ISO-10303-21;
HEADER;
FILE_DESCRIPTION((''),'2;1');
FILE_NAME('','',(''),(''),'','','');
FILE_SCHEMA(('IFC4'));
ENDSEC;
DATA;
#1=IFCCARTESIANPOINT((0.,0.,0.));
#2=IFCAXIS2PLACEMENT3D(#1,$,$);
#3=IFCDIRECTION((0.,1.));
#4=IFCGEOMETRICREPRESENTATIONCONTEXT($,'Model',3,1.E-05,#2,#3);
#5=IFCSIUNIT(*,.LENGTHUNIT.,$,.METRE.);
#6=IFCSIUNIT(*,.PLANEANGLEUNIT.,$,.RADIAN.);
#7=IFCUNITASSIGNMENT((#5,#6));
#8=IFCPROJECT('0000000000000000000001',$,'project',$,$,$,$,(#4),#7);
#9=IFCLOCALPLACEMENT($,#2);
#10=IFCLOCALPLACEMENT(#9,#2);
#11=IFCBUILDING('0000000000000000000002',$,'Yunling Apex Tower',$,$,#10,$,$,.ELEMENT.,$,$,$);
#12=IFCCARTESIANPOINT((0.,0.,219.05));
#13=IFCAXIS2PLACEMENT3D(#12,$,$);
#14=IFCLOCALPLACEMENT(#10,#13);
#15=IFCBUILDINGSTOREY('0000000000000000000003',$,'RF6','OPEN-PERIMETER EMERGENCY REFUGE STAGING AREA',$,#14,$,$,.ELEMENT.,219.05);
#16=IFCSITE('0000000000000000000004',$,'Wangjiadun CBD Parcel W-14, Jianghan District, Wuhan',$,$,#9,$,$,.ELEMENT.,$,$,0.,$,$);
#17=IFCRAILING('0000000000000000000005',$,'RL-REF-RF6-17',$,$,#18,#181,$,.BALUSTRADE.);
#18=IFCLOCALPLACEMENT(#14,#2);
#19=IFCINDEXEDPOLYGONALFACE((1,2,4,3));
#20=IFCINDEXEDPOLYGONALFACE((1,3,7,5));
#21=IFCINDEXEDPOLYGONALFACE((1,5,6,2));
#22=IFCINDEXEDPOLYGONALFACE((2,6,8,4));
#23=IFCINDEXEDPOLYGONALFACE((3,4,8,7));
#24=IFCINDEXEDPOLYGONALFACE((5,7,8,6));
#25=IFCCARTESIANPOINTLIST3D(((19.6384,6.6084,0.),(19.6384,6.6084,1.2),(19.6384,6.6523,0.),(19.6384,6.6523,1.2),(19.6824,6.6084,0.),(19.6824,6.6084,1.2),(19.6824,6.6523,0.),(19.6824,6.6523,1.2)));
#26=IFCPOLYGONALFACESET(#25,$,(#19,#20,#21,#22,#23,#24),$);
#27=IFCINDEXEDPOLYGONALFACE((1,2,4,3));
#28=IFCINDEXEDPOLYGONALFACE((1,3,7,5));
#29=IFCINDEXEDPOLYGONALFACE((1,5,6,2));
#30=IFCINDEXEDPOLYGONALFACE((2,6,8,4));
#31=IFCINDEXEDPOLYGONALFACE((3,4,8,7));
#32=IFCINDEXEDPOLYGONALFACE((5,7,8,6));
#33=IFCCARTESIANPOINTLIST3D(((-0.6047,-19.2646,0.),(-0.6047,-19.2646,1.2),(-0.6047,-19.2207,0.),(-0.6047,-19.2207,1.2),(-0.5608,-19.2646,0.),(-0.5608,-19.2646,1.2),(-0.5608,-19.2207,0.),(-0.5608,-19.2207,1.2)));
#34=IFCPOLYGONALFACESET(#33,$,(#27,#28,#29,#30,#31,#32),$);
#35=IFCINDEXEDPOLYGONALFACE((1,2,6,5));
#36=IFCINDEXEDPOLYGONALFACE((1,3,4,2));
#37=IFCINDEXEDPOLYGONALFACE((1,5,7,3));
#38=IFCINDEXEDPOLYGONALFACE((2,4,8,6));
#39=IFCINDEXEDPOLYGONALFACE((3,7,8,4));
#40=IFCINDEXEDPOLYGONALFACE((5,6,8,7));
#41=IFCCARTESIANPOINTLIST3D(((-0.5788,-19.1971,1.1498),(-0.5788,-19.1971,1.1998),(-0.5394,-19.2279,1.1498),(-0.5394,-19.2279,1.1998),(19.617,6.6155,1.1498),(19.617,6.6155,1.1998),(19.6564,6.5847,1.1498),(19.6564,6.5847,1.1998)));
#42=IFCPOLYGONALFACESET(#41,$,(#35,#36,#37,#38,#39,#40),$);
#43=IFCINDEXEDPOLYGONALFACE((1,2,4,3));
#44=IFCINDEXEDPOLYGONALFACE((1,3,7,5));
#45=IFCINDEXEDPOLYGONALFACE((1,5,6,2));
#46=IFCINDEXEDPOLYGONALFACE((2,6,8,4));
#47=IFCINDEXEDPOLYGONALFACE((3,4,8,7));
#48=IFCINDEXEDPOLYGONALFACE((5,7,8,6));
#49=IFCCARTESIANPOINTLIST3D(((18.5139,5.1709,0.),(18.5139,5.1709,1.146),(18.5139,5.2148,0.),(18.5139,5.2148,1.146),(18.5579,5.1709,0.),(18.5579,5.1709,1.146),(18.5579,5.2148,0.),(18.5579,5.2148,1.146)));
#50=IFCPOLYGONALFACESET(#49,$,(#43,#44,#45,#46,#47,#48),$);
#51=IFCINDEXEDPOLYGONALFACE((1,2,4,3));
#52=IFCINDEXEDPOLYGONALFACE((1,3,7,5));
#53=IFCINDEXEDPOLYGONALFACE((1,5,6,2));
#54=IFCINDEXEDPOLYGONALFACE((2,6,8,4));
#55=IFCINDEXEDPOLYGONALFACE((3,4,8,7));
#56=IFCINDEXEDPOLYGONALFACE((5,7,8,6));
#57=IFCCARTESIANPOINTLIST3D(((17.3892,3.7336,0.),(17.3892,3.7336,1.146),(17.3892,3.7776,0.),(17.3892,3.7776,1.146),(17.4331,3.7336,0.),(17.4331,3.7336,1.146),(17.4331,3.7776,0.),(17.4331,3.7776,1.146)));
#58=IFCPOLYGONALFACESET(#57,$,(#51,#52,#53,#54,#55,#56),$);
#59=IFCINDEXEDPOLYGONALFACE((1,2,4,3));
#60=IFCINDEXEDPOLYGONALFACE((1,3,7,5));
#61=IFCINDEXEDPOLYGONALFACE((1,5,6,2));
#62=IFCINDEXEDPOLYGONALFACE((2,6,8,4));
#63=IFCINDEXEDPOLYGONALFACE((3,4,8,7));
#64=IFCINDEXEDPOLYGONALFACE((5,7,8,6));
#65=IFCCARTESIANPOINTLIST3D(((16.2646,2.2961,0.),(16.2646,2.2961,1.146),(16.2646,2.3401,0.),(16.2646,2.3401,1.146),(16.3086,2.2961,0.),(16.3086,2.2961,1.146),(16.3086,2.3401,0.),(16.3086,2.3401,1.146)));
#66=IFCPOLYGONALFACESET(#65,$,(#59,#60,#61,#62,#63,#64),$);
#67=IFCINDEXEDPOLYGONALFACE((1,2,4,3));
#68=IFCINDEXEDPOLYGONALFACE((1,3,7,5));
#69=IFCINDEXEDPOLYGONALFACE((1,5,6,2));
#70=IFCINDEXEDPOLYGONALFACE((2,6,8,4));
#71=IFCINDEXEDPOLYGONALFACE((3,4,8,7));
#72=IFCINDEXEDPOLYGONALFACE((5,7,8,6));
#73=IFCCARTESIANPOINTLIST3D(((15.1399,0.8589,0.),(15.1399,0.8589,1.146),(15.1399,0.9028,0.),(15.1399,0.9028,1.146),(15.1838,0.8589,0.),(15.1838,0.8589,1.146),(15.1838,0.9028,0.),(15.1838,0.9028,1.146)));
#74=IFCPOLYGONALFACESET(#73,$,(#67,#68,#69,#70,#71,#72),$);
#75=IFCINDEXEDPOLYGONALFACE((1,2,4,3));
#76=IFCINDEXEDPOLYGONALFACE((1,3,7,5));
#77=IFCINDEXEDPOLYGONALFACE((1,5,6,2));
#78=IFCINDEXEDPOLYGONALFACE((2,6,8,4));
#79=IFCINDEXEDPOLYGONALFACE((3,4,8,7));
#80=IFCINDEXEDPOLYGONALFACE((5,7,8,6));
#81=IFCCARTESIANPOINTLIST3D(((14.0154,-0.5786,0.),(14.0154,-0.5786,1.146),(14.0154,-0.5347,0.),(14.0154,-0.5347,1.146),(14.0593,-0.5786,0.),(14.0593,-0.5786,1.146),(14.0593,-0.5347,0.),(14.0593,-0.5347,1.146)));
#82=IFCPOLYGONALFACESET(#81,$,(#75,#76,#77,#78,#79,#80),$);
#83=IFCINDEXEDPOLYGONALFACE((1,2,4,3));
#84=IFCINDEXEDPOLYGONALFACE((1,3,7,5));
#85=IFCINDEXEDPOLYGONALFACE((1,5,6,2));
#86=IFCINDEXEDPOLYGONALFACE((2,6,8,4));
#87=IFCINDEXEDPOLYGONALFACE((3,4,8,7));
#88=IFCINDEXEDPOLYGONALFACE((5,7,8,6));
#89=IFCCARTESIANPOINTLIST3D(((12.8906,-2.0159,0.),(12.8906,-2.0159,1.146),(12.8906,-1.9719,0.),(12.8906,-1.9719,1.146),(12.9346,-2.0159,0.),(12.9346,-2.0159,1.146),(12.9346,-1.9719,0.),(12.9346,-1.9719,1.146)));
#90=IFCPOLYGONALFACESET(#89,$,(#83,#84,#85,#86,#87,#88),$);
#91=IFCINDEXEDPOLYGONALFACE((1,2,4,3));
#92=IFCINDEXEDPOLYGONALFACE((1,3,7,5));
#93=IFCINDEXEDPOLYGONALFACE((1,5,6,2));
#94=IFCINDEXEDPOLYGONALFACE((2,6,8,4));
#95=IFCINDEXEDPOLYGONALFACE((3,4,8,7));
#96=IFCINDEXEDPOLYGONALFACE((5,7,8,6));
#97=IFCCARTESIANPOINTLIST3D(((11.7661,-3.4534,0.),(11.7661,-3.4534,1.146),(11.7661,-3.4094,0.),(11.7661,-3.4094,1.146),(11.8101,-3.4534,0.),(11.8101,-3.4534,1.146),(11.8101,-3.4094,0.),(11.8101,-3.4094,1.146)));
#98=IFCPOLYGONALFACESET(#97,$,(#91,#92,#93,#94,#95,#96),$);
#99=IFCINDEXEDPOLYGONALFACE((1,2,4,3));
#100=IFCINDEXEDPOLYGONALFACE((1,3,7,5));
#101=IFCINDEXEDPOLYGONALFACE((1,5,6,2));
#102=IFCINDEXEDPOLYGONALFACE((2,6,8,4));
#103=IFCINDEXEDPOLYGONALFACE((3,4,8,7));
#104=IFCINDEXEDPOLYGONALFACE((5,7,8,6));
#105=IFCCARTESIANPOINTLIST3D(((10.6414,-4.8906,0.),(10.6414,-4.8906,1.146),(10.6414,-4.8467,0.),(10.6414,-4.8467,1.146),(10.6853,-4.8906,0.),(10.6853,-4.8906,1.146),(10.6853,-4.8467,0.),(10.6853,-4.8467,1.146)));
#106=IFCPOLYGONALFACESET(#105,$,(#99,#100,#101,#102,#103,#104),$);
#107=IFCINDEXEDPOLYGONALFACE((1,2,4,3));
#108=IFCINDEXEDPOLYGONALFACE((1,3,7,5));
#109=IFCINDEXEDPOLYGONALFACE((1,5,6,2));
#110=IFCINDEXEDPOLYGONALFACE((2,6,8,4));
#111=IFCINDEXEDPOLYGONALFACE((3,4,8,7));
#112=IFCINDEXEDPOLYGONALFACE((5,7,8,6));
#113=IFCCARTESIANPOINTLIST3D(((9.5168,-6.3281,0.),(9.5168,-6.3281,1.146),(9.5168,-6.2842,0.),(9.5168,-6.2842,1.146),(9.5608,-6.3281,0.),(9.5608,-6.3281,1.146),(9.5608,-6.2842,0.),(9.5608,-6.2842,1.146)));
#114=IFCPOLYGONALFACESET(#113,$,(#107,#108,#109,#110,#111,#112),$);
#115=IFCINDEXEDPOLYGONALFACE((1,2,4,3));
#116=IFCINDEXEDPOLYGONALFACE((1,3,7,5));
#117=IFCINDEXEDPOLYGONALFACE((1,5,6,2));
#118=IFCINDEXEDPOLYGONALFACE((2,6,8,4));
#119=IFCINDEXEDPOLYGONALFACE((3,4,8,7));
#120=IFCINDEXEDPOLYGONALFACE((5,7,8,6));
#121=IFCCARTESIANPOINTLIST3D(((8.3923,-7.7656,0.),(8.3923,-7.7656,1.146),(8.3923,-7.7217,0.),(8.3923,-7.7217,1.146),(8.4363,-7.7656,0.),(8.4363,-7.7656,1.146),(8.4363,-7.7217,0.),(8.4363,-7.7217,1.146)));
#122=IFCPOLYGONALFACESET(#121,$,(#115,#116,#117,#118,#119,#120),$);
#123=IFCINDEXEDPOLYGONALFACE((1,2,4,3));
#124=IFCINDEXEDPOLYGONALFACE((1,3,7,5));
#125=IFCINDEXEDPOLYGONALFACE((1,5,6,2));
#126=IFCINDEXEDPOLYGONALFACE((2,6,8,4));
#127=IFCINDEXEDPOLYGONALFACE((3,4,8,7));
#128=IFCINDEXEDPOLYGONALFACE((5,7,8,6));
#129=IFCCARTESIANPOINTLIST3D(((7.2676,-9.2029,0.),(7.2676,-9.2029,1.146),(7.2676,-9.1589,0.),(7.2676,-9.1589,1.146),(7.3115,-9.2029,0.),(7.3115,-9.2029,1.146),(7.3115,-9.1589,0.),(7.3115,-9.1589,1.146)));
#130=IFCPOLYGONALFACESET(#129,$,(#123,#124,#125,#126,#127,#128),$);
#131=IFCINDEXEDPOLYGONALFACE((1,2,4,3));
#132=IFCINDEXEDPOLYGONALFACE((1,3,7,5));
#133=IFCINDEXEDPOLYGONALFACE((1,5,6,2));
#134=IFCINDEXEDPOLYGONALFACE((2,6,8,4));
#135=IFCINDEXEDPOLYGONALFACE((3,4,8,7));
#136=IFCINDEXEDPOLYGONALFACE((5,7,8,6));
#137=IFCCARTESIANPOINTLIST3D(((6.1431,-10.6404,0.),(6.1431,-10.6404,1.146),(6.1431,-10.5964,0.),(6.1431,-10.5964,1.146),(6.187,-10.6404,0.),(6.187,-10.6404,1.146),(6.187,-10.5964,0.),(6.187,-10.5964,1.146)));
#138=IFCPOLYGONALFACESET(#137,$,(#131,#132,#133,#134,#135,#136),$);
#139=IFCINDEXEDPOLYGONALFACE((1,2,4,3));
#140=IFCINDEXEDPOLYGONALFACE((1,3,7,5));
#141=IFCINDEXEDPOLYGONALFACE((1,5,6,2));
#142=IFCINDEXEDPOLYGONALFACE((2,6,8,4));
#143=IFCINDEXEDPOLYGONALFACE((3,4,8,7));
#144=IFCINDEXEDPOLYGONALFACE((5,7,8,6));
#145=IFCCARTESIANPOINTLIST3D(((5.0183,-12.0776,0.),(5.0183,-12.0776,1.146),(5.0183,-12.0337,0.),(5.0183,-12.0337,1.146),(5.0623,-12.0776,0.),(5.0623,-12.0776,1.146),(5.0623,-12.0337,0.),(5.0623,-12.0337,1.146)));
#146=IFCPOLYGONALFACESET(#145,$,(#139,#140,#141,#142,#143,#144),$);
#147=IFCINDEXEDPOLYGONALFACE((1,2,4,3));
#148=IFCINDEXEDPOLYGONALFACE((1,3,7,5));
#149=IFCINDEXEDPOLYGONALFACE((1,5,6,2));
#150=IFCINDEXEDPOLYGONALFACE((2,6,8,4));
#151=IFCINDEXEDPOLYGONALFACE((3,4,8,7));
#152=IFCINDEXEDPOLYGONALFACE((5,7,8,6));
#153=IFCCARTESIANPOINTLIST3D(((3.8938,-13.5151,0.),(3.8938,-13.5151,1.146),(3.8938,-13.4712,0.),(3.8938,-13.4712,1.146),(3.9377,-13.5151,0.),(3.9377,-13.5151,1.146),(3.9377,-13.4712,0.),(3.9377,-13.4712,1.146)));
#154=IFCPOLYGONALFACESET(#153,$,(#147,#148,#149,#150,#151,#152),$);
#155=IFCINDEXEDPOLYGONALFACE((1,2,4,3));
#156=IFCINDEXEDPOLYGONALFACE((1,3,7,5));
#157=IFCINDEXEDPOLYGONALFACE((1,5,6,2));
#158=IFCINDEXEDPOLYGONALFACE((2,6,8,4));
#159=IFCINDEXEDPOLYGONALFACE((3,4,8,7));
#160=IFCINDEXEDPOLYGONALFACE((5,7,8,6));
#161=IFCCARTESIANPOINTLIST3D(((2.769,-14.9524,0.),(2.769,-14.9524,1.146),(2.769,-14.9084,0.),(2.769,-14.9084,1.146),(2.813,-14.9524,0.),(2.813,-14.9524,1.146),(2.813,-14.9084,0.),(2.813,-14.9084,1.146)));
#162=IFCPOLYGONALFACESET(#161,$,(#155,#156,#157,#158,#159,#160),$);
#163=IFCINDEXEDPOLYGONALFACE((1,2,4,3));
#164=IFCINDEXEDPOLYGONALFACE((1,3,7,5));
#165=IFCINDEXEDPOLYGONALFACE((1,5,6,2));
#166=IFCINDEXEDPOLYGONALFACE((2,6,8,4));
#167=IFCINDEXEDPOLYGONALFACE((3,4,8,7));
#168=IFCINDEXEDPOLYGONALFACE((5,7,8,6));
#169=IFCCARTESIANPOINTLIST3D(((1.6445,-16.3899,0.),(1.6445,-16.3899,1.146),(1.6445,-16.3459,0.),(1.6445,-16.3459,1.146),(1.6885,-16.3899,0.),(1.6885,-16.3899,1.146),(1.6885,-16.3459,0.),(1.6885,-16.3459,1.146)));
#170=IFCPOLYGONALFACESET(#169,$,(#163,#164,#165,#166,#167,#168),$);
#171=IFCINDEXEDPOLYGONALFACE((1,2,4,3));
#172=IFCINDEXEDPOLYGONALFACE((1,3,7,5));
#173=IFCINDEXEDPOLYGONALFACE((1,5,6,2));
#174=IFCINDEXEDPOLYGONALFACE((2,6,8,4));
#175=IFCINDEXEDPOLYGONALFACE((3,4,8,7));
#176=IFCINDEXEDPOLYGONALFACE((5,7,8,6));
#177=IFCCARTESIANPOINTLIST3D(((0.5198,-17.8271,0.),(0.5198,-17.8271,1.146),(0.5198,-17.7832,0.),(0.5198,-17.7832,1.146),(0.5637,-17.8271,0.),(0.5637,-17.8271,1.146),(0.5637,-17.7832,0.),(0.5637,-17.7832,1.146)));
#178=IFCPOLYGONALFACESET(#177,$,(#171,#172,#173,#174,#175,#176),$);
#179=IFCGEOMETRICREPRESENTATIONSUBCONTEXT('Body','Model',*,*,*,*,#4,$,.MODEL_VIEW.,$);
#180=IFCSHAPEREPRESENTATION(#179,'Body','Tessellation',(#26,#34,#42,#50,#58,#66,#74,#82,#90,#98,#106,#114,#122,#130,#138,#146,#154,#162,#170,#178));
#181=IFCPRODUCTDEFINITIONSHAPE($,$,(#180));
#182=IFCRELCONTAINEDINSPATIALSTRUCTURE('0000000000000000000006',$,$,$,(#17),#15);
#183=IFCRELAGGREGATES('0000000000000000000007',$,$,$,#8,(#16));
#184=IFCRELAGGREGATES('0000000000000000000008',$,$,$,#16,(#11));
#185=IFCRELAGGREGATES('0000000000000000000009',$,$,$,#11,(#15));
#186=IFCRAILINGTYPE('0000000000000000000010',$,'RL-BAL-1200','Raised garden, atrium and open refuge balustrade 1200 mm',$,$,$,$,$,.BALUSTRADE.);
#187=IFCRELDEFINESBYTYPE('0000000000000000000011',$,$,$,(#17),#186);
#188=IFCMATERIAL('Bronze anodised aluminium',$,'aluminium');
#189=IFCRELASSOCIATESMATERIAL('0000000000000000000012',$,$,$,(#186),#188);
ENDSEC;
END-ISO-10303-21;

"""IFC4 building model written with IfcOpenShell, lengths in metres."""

from ifc_helpers import new_model, si_unit, direction, frame, origin, origin_2d, place, context, subcontext, project, spatial, rectangle, extrude, material, type_object, element, save


model = new_model("IFC4")

# Units and contexts
model_context = context("Model", 3, precision=1e-05, world=origin(), true_north=direction((0.0, 1.0)))
body_context = subcontext(model_context, "Body", "Model", "MODEL_VIEW")
ifc_project = project(units=[si_unit("LENGTHUNIT", "METRE"), si_unit("PLANEANGLEUNIT", "RADIAN")], contexts=[model_context])

# Site, building, storey
site_placement = place(None, origin())
site = spatial("IfcSite", under=ifc_project, at=site_placement, Name="Wangjiadun CBD Parcel W-14, Jianghan District, Wuhan", CompositionType="ELEMENT", RefElevation=0.0)
building_placement = place(site_placement, origin())
building = spatial("IfcBuilding", under=site, at=building_placement, Name="Yunling Apex Tower", CompositionType="ELEMENT")
storey_placement = place(building_placement, frame((0.0, 0.0, 219.05)))
storey = spatial("IfcBuildingStorey", under=building, at=storey_placement, Name="RF6", Description="OPEN-PERIMETER EMERGENCY REFUGE STAGING AREA", CompositionType="ELEMENT", Elevation=219.05)

# Railing
ifc_material_1 = material(Name="Bronze anodised aluminium", Category="aluminium")
railing_type = type_object("IfcRailingType", Name="RL-BAL-1200", Description="Raised garden, atrium and open refuge balustrade 1200 mm", PredefinedType="BALUSTRADE", material=ifc_material_1)
railing_1_placement = place(storey_placement, frame((19.6604, 6.6304, 0.0)))
element("IfcRailing", 1, at=railing_1_placement, inside=storey, type_object=railing_type, Name="RL-REF-RF6-17", PredefinedType="BALUSTRADE", context=body_context, shape_type="SweptSolid", body=[
    extrude(rectangle(XDim=0.0439, YDim=0.0439, at=origin_2d()), origin(), (0.0, 0.0, 1.0), 1.2),
    extrude(rectangle(XDim=0.0439, YDim=0.0439, at=origin_2d()), frame((-20.2432, -25.873, 0.0)), (0.0, 0.0, 1.0), 1.2),
    extrude(rectangle(XDim=0.05, YDim=0.05, at=origin_2d()), frame((-0.0237, -0.0303, 1.1748), z_axis=(-0.616208, -0.787583, 0.0), x_axis=(0.787583, -0.616208, 0.0)), (0.0, 0.0, 1.0), 32.7744),
    extrude(rectangle(XDim=0.0439, YDim=0.0439, at=origin_2d()), frame((-1.1245, -1.4375, 0.0)), (0.0, 0.0, 1.0), 1.146),
    extrude(rectangle(XDim=0.0439, YDim=0.0439, at=origin_2d()), frame((-2.2493, -2.8748, 0.0)), (0.0, 0.0, 1.0), 1.146),
    extrude(rectangle(XDim=0.0439, YDim=0.0439, at=origin_2d()), frame((-3.3738, -4.3123, 0.0)), (0.0, 0.0, 1.0), 1.146),
    extrude(rectangle(XDim=0.0439, YDim=0.0439, at=origin_2d()), frame((-4.4985, -5.7495, 0.0)), (0.0, 0.0, 1.0), 1.146),
    extrude(rectangle(XDim=0.0439, YDim=0.0439, at=origin_2d()), frame((-5.623, -7.187, 0.0)), (0.0, 0.0, 1.0), 1.146),
    extrude(rectangle(XDim=0.0439, YDim=0.0439, at=origin_2d()), frame((-6.7478, -8.6243, 0.0)), (0.0, 0.0, 1.0), 1.146),
    extrude(rectangle(XDim=0.0439, YDim=0.0439, at=origin_2d()), frame((-7.8723, -10.0618, 0.0)), (0.0, 0.0, 1.0), 1.146),
    extrude(rectangle(XDim=0.0439, YDim=0.0439, at=origin_2d()), frame((-8.9971, -11.499, 0.0)), (0.0, 0.0, 1.0), 1.146),
    extrude(rectangle(XDim=0.0439, YDim=0.0439, at=origin_2d()), frame((-10.1216, -12.9365, 0.0)), (0.0, 0.0, 1.0), 1.146),
    extrude(rectangle(XDim=0.0439, YDim=0.0439, at=origin_2d()), frame((-11.2461, -14.374, 0.0)), (0.0, 0.0, 1.0), 1.146),
    extrude(rectangle(XDim=0.0439, YDim=0.0439, at=origin_2d()), frame((-12.3708, -15.8113, 0.0)), (0.0, 0.0, 1.0), 1.146),
    extrude(rectangle(XDim=0.0439, YDim=0.0439, at=origin_2d()), frame((-13.4954, -17.2488, 0.0)), (0.0, 0.0, 1.0), 1.146),
    extrude(rectangle(XDim=0.0439, YDim=0.0439, at=origin_2d()), frame((-14.6201, -18.686, 0.0)), (0.0, 0.0, 1.0), 1.146),
    extrude(rectangle(XDim=0.0439, YDim=0.0439, at=origin_2d()), frame((-15.7446, -20.1235, 0.0)), (0.0, 0.0, 1.0), 1.146),
    extrude(rectangle(XDim=0.0439, YDim=0.0439, at=origin_2d()), frame((-16.8694, -21.5608, 0.0)), (0.0, 0.0, 1.0), 1.146),
    extrude(rectangle(XDim=0.0439, YDim=0.0439, at=origin_2d()), frame((-17.9939, -22.9983, 0.0)), (0.0, 0.0, 1.0), 1.146),
    extrude(rectangle(XDim=0.0439, YDim=0.0439, at=origin_2d()), frame((-19.1187, -24.4355, 0.0)), (0.0, 0.0, 1.0), 1.146),
])

save(model, "model.ifc")
